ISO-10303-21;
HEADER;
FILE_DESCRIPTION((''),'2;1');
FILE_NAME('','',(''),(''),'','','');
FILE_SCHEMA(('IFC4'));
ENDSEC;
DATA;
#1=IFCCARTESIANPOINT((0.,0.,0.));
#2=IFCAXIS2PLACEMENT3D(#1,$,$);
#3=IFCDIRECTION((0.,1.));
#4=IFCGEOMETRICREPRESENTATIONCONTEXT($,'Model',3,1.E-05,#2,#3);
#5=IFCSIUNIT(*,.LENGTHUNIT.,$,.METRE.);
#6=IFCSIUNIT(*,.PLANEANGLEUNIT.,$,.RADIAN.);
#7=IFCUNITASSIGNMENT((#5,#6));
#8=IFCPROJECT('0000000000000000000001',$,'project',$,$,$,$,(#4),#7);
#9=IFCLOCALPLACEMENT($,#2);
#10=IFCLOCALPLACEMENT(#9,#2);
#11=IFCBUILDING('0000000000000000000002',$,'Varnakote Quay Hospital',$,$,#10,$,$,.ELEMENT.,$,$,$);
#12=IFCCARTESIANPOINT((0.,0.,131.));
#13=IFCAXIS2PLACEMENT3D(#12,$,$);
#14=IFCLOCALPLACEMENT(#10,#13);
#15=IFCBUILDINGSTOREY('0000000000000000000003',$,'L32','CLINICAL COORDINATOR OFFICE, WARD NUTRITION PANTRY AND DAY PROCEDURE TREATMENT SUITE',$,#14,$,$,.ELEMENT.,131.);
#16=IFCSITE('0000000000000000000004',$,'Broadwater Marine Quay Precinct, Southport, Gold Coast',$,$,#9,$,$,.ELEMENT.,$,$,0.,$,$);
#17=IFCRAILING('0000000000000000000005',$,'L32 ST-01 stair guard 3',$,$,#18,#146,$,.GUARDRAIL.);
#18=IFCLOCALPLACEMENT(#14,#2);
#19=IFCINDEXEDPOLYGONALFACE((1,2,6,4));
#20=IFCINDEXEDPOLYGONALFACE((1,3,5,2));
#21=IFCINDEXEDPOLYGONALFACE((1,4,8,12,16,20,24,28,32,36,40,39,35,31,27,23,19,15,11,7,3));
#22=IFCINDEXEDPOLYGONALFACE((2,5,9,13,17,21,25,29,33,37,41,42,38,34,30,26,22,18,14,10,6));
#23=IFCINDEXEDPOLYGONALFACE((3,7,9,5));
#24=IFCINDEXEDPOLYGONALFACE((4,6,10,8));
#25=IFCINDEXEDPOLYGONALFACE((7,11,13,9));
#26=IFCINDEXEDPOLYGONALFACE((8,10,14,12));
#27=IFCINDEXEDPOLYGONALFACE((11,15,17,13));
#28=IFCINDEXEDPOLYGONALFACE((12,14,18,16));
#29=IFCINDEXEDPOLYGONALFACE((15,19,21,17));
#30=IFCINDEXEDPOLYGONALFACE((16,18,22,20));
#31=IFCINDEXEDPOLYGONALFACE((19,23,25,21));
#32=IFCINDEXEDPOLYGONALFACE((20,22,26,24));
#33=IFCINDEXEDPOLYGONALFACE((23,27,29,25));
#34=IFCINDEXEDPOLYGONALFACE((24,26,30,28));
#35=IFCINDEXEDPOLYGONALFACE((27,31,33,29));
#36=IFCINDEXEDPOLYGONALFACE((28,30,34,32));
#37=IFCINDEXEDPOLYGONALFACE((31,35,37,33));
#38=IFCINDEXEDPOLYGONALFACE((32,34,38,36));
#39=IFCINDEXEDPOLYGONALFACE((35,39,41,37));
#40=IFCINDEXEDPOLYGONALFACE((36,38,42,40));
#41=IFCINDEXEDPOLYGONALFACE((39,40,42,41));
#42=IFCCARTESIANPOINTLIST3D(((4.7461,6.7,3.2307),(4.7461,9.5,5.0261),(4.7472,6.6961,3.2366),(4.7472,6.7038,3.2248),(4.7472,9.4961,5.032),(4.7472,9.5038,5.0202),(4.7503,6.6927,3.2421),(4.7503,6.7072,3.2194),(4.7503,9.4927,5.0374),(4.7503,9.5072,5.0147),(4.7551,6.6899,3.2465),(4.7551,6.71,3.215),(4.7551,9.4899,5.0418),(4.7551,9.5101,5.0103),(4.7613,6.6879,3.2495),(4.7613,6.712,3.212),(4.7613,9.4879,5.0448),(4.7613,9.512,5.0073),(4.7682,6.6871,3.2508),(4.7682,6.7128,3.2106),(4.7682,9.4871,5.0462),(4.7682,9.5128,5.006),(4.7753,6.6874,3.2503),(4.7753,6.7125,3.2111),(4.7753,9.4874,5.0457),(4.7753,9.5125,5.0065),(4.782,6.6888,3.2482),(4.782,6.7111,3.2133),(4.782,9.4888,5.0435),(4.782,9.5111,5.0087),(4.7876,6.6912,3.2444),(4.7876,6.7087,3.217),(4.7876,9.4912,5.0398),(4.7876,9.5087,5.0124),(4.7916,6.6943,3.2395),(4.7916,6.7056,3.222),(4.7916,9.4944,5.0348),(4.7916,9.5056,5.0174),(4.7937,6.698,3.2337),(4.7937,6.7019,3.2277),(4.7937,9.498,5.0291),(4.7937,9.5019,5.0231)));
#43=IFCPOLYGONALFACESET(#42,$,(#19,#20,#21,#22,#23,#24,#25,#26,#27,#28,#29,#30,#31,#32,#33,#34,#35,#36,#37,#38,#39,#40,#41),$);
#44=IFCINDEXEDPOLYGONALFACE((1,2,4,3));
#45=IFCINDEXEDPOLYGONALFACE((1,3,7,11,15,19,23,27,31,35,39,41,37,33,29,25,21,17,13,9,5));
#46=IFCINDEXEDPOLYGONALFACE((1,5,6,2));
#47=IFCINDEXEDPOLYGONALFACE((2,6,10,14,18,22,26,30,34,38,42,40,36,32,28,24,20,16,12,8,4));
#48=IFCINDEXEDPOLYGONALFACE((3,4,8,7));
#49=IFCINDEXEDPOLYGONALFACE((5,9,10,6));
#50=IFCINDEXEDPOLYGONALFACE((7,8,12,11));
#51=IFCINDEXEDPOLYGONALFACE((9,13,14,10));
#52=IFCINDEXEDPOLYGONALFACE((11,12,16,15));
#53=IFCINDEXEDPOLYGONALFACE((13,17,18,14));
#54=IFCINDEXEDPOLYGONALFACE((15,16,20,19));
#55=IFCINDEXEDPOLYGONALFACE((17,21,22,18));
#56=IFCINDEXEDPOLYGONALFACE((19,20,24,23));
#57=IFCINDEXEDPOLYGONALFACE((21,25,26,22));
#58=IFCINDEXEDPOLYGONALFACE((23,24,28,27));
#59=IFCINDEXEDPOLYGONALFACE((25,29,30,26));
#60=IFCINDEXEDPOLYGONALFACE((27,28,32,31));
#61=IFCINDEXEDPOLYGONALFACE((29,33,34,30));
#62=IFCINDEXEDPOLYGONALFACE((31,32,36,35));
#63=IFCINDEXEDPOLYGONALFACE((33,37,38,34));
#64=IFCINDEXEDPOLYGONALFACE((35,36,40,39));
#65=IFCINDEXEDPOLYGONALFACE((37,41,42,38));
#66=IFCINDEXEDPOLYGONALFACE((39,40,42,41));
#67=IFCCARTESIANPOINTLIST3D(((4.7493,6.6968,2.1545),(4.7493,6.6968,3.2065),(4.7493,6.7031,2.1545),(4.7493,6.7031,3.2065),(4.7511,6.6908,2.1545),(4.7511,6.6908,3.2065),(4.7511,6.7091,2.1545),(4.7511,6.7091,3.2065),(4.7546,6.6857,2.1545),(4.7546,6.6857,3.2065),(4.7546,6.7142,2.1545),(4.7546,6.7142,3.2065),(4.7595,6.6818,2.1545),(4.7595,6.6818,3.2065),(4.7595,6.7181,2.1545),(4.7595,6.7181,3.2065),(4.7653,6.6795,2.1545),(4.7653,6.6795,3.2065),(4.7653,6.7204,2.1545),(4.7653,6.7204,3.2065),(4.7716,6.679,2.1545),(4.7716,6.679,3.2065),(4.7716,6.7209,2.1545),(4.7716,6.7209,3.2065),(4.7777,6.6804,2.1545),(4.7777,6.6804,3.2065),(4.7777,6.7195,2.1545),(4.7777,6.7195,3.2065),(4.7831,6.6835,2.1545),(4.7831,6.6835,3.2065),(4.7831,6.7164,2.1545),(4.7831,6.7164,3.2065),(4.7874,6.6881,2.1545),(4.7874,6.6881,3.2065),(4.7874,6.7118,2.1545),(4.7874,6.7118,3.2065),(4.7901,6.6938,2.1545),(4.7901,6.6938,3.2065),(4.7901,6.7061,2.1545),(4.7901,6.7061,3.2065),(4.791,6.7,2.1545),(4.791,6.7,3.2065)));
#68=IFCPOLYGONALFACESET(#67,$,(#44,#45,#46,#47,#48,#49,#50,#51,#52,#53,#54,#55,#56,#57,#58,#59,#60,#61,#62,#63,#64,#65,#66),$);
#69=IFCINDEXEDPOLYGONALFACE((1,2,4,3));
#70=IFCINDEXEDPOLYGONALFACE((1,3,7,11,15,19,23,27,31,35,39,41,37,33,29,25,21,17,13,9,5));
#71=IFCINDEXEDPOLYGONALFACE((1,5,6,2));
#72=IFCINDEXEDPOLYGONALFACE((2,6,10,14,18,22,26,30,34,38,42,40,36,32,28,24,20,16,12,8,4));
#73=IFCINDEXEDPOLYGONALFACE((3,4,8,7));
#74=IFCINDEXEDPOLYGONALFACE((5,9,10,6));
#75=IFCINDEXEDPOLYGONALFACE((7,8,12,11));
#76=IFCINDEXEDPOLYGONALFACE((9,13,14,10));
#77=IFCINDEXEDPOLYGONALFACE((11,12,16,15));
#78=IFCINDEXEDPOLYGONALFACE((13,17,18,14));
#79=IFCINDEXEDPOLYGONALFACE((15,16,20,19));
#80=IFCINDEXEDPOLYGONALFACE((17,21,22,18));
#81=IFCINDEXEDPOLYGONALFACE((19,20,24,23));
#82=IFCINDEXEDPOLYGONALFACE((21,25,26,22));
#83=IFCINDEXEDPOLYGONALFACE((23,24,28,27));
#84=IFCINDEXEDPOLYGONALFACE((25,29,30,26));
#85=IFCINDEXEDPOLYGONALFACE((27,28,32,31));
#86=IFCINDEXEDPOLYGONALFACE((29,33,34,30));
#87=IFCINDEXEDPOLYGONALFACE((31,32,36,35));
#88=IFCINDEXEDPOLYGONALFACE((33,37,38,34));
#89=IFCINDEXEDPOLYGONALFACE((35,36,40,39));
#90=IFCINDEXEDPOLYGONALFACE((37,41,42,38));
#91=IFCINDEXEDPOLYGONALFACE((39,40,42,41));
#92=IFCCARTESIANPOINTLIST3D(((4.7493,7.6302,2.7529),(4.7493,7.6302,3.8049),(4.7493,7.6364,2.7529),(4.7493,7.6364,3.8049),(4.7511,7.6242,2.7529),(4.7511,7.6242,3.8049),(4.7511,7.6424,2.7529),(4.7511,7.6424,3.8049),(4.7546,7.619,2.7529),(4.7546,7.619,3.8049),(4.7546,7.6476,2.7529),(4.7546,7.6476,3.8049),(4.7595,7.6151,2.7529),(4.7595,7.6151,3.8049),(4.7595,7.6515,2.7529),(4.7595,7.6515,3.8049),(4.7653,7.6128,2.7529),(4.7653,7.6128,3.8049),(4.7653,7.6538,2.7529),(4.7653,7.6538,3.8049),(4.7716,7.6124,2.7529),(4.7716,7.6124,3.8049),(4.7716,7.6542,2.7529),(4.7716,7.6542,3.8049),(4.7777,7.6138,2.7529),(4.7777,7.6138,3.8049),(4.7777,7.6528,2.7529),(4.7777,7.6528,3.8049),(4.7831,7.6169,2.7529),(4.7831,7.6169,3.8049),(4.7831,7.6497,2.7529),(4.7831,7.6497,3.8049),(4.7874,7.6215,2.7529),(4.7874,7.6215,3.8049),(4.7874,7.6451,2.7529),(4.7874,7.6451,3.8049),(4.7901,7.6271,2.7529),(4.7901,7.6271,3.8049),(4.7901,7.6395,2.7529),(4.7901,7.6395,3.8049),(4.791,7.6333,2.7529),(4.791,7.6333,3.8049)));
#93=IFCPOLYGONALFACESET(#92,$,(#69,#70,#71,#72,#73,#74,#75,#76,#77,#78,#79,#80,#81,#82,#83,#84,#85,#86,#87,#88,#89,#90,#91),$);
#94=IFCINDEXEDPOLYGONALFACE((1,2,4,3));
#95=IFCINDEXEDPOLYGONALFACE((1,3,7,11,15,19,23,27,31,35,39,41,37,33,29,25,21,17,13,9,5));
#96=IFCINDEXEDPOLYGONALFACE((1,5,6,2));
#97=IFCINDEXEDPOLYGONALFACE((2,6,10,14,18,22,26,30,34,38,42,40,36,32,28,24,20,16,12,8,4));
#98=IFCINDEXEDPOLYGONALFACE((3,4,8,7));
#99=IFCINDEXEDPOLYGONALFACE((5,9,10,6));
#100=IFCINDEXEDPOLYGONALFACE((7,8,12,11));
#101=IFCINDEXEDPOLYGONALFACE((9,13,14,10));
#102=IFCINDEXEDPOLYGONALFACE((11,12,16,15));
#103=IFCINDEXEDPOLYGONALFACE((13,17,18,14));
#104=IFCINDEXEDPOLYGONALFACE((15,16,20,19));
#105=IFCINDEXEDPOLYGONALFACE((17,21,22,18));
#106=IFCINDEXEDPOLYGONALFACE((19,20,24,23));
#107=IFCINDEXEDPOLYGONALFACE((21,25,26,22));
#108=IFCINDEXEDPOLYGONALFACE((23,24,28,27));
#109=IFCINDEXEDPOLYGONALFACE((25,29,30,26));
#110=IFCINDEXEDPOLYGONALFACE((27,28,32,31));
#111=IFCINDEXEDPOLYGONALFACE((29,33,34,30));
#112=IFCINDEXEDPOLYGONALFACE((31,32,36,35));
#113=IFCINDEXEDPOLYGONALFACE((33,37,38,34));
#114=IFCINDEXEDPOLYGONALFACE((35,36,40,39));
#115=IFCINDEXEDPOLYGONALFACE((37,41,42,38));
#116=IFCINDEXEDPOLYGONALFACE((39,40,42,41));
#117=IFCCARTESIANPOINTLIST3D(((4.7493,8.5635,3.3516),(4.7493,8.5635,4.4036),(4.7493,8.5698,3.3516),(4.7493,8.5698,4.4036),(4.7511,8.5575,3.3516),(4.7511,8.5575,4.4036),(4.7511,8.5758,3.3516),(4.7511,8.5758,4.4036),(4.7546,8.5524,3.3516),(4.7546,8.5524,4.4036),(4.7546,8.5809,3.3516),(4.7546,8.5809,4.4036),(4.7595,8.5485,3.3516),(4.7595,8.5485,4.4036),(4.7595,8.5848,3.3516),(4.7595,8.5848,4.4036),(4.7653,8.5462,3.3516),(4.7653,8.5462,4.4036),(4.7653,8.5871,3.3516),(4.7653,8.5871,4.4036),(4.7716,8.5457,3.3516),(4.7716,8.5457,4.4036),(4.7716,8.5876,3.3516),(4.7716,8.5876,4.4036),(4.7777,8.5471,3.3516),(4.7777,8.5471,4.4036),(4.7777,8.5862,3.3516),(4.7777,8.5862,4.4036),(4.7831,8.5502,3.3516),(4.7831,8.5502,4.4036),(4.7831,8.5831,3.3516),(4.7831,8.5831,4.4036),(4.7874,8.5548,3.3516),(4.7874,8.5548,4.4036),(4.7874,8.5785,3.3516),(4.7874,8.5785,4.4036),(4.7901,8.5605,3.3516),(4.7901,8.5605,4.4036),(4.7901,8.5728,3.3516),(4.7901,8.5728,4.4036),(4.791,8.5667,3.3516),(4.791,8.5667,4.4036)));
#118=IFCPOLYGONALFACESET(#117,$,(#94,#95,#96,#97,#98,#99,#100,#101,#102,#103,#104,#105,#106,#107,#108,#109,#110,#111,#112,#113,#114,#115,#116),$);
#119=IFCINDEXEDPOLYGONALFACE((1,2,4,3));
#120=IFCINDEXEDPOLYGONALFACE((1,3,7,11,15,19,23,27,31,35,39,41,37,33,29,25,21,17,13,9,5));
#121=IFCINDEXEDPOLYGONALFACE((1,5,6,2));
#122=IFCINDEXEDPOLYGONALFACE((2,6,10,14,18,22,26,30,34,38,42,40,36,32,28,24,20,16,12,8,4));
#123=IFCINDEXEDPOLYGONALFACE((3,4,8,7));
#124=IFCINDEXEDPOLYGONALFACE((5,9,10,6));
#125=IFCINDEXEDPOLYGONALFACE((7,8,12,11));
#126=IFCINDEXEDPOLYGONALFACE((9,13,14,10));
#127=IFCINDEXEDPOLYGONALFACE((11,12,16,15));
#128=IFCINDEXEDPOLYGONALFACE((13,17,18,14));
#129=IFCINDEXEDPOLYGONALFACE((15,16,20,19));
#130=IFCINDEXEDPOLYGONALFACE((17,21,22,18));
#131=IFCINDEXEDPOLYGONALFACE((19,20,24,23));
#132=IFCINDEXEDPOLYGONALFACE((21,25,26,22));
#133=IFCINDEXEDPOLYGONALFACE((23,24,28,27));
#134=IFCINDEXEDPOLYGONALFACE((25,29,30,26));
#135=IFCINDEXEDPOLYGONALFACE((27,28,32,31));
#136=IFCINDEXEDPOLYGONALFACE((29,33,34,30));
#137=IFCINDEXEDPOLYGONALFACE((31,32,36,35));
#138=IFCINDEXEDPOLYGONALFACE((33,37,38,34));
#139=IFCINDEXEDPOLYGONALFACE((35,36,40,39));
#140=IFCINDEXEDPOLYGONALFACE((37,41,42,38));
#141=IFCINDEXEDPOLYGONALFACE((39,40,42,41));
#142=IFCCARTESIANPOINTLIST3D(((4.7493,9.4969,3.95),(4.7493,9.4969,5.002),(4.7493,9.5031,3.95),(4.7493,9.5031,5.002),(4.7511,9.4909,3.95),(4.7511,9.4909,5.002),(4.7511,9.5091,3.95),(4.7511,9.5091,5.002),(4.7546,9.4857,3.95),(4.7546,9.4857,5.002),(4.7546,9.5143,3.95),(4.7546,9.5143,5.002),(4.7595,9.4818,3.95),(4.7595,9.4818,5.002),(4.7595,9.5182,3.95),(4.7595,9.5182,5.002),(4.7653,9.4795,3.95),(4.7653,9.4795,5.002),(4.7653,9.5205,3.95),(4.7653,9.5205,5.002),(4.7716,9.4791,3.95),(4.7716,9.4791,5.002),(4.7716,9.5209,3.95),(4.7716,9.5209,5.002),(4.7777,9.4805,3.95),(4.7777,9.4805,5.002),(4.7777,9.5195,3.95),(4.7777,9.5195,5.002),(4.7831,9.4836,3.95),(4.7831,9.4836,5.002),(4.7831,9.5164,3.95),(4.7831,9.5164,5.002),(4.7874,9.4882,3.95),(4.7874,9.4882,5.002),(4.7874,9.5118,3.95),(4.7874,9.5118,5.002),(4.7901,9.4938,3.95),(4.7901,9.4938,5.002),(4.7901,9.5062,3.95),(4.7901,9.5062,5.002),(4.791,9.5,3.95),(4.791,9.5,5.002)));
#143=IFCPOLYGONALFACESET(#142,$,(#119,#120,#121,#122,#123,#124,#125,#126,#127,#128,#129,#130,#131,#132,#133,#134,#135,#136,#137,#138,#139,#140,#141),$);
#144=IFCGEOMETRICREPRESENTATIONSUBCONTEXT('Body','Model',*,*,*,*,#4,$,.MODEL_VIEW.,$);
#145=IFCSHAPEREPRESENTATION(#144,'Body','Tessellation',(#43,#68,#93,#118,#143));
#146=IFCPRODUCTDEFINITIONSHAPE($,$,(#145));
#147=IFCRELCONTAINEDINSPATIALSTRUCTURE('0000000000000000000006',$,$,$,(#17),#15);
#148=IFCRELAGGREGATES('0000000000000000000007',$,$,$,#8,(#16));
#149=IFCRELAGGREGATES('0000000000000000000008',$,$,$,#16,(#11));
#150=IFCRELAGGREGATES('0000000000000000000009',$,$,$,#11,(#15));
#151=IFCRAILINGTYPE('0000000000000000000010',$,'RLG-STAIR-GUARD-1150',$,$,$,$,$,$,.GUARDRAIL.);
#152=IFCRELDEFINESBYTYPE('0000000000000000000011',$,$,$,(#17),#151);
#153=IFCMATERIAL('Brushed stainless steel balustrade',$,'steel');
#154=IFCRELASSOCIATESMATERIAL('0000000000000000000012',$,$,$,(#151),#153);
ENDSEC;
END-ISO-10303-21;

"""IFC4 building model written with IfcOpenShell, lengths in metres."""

from ifc_helpers import new_model, si_unit, direction, frame, origin, origin_2d, place, context, subcontext, project, spatial, circle, extrude, material, type_object, element, save


model = new_model("IFC4")

# Units and contexts
model_context = context("Model", 3, precision=1e-05, world=origin(), true_north=direction((0.0, 1.0)))
body_context = subcontext(model_context, "Body", "Model", "MODEL_VIEW")
ifc_project = project(units=[si_unit("LENGTHUNIT", "METRE"), si_unit("PLANEANGLEUNIT", "RADIAN")], contexts=[model_context])

# Site, building, storey
site_placement = place(None, origin())
site = spatial("IfcSite", under=ifc_project, at=site_placement, Name="Broadwater Marine Quay Precinct, Southport, Gold Coast", CompositionType="ELEMENT", RefElevation=0.0)
building_placement = place(site_placement, origin())
building = spatial("IfcBuilding", under=site, at=building_placement, Name="Varnakote Quay Hospital", CompositionType="ELEMENT")
storey_placement = place(building_placement, frame((0.0, 0.0, 131.0)))
storey = spatial("IfcBuildingStorey", under=building, at=storey_placement, Name="L32", Description="CLINICAL COORDINATOR OFFICE, WARD NUTRITION PANTRY AND DAY PROCEDURE TREATMENT SUITE", CompositionType="ELEMENT", Elevation=131.0)

# Railing
ifc_material_1 = material(Name="Brushed stainless steel balustrade", Category="steel")
railing_type_1 = type_object("IfcRailingType", Name="RLG-STAIR-GUARD-1150", PredefinedType="GUARDRAIL", material=ifc_material_1)
railing_1_placement = place(storey_placement, frame((4.77, 6.7, 2.1545)))
element("IfcRailing", 1, at=railing_1_placement, inside=storey, type_object=railing_type_1, Name="L32 ST-01 stair guard 3", PredefinedType="GUARDRAIL", context=body_context, shape_type="SweptSolid", body=[
    extrude(circle(Radius=0.0239, at=origin_2d()), frame((0.0, 0.0, 1.0762), z_axis=(0.0, 0.84181, 0.539774), x_axis=(-1.0, 0.0, 0.0)), (0.0, 0.0, 1.0), 3.3262),
    extrude(circle(Radius=0.021, at=origin_2d()), origin(), (0.0, 0.0, 1.0), 1.052),
    extrude(circle(Radius=0.021, at=origin_2d()), frame((0.0, 0.9333, 0.5984)), (0.0, 0.0, 1.0), 1.052),
    extrude(circle(Radius=0.021, at=origin_2d()), frame((0.0, 1.8667, 1.197)), (0.0, 0.0, 1.0), 1.052),
    extrude(circle(Radius=0.021, at=origin_2d()), frame((0.0, 2.8, 1.7954)), (0.0, 0.0, 1.0), 1.052),
])

save(model, "model.ifc")
